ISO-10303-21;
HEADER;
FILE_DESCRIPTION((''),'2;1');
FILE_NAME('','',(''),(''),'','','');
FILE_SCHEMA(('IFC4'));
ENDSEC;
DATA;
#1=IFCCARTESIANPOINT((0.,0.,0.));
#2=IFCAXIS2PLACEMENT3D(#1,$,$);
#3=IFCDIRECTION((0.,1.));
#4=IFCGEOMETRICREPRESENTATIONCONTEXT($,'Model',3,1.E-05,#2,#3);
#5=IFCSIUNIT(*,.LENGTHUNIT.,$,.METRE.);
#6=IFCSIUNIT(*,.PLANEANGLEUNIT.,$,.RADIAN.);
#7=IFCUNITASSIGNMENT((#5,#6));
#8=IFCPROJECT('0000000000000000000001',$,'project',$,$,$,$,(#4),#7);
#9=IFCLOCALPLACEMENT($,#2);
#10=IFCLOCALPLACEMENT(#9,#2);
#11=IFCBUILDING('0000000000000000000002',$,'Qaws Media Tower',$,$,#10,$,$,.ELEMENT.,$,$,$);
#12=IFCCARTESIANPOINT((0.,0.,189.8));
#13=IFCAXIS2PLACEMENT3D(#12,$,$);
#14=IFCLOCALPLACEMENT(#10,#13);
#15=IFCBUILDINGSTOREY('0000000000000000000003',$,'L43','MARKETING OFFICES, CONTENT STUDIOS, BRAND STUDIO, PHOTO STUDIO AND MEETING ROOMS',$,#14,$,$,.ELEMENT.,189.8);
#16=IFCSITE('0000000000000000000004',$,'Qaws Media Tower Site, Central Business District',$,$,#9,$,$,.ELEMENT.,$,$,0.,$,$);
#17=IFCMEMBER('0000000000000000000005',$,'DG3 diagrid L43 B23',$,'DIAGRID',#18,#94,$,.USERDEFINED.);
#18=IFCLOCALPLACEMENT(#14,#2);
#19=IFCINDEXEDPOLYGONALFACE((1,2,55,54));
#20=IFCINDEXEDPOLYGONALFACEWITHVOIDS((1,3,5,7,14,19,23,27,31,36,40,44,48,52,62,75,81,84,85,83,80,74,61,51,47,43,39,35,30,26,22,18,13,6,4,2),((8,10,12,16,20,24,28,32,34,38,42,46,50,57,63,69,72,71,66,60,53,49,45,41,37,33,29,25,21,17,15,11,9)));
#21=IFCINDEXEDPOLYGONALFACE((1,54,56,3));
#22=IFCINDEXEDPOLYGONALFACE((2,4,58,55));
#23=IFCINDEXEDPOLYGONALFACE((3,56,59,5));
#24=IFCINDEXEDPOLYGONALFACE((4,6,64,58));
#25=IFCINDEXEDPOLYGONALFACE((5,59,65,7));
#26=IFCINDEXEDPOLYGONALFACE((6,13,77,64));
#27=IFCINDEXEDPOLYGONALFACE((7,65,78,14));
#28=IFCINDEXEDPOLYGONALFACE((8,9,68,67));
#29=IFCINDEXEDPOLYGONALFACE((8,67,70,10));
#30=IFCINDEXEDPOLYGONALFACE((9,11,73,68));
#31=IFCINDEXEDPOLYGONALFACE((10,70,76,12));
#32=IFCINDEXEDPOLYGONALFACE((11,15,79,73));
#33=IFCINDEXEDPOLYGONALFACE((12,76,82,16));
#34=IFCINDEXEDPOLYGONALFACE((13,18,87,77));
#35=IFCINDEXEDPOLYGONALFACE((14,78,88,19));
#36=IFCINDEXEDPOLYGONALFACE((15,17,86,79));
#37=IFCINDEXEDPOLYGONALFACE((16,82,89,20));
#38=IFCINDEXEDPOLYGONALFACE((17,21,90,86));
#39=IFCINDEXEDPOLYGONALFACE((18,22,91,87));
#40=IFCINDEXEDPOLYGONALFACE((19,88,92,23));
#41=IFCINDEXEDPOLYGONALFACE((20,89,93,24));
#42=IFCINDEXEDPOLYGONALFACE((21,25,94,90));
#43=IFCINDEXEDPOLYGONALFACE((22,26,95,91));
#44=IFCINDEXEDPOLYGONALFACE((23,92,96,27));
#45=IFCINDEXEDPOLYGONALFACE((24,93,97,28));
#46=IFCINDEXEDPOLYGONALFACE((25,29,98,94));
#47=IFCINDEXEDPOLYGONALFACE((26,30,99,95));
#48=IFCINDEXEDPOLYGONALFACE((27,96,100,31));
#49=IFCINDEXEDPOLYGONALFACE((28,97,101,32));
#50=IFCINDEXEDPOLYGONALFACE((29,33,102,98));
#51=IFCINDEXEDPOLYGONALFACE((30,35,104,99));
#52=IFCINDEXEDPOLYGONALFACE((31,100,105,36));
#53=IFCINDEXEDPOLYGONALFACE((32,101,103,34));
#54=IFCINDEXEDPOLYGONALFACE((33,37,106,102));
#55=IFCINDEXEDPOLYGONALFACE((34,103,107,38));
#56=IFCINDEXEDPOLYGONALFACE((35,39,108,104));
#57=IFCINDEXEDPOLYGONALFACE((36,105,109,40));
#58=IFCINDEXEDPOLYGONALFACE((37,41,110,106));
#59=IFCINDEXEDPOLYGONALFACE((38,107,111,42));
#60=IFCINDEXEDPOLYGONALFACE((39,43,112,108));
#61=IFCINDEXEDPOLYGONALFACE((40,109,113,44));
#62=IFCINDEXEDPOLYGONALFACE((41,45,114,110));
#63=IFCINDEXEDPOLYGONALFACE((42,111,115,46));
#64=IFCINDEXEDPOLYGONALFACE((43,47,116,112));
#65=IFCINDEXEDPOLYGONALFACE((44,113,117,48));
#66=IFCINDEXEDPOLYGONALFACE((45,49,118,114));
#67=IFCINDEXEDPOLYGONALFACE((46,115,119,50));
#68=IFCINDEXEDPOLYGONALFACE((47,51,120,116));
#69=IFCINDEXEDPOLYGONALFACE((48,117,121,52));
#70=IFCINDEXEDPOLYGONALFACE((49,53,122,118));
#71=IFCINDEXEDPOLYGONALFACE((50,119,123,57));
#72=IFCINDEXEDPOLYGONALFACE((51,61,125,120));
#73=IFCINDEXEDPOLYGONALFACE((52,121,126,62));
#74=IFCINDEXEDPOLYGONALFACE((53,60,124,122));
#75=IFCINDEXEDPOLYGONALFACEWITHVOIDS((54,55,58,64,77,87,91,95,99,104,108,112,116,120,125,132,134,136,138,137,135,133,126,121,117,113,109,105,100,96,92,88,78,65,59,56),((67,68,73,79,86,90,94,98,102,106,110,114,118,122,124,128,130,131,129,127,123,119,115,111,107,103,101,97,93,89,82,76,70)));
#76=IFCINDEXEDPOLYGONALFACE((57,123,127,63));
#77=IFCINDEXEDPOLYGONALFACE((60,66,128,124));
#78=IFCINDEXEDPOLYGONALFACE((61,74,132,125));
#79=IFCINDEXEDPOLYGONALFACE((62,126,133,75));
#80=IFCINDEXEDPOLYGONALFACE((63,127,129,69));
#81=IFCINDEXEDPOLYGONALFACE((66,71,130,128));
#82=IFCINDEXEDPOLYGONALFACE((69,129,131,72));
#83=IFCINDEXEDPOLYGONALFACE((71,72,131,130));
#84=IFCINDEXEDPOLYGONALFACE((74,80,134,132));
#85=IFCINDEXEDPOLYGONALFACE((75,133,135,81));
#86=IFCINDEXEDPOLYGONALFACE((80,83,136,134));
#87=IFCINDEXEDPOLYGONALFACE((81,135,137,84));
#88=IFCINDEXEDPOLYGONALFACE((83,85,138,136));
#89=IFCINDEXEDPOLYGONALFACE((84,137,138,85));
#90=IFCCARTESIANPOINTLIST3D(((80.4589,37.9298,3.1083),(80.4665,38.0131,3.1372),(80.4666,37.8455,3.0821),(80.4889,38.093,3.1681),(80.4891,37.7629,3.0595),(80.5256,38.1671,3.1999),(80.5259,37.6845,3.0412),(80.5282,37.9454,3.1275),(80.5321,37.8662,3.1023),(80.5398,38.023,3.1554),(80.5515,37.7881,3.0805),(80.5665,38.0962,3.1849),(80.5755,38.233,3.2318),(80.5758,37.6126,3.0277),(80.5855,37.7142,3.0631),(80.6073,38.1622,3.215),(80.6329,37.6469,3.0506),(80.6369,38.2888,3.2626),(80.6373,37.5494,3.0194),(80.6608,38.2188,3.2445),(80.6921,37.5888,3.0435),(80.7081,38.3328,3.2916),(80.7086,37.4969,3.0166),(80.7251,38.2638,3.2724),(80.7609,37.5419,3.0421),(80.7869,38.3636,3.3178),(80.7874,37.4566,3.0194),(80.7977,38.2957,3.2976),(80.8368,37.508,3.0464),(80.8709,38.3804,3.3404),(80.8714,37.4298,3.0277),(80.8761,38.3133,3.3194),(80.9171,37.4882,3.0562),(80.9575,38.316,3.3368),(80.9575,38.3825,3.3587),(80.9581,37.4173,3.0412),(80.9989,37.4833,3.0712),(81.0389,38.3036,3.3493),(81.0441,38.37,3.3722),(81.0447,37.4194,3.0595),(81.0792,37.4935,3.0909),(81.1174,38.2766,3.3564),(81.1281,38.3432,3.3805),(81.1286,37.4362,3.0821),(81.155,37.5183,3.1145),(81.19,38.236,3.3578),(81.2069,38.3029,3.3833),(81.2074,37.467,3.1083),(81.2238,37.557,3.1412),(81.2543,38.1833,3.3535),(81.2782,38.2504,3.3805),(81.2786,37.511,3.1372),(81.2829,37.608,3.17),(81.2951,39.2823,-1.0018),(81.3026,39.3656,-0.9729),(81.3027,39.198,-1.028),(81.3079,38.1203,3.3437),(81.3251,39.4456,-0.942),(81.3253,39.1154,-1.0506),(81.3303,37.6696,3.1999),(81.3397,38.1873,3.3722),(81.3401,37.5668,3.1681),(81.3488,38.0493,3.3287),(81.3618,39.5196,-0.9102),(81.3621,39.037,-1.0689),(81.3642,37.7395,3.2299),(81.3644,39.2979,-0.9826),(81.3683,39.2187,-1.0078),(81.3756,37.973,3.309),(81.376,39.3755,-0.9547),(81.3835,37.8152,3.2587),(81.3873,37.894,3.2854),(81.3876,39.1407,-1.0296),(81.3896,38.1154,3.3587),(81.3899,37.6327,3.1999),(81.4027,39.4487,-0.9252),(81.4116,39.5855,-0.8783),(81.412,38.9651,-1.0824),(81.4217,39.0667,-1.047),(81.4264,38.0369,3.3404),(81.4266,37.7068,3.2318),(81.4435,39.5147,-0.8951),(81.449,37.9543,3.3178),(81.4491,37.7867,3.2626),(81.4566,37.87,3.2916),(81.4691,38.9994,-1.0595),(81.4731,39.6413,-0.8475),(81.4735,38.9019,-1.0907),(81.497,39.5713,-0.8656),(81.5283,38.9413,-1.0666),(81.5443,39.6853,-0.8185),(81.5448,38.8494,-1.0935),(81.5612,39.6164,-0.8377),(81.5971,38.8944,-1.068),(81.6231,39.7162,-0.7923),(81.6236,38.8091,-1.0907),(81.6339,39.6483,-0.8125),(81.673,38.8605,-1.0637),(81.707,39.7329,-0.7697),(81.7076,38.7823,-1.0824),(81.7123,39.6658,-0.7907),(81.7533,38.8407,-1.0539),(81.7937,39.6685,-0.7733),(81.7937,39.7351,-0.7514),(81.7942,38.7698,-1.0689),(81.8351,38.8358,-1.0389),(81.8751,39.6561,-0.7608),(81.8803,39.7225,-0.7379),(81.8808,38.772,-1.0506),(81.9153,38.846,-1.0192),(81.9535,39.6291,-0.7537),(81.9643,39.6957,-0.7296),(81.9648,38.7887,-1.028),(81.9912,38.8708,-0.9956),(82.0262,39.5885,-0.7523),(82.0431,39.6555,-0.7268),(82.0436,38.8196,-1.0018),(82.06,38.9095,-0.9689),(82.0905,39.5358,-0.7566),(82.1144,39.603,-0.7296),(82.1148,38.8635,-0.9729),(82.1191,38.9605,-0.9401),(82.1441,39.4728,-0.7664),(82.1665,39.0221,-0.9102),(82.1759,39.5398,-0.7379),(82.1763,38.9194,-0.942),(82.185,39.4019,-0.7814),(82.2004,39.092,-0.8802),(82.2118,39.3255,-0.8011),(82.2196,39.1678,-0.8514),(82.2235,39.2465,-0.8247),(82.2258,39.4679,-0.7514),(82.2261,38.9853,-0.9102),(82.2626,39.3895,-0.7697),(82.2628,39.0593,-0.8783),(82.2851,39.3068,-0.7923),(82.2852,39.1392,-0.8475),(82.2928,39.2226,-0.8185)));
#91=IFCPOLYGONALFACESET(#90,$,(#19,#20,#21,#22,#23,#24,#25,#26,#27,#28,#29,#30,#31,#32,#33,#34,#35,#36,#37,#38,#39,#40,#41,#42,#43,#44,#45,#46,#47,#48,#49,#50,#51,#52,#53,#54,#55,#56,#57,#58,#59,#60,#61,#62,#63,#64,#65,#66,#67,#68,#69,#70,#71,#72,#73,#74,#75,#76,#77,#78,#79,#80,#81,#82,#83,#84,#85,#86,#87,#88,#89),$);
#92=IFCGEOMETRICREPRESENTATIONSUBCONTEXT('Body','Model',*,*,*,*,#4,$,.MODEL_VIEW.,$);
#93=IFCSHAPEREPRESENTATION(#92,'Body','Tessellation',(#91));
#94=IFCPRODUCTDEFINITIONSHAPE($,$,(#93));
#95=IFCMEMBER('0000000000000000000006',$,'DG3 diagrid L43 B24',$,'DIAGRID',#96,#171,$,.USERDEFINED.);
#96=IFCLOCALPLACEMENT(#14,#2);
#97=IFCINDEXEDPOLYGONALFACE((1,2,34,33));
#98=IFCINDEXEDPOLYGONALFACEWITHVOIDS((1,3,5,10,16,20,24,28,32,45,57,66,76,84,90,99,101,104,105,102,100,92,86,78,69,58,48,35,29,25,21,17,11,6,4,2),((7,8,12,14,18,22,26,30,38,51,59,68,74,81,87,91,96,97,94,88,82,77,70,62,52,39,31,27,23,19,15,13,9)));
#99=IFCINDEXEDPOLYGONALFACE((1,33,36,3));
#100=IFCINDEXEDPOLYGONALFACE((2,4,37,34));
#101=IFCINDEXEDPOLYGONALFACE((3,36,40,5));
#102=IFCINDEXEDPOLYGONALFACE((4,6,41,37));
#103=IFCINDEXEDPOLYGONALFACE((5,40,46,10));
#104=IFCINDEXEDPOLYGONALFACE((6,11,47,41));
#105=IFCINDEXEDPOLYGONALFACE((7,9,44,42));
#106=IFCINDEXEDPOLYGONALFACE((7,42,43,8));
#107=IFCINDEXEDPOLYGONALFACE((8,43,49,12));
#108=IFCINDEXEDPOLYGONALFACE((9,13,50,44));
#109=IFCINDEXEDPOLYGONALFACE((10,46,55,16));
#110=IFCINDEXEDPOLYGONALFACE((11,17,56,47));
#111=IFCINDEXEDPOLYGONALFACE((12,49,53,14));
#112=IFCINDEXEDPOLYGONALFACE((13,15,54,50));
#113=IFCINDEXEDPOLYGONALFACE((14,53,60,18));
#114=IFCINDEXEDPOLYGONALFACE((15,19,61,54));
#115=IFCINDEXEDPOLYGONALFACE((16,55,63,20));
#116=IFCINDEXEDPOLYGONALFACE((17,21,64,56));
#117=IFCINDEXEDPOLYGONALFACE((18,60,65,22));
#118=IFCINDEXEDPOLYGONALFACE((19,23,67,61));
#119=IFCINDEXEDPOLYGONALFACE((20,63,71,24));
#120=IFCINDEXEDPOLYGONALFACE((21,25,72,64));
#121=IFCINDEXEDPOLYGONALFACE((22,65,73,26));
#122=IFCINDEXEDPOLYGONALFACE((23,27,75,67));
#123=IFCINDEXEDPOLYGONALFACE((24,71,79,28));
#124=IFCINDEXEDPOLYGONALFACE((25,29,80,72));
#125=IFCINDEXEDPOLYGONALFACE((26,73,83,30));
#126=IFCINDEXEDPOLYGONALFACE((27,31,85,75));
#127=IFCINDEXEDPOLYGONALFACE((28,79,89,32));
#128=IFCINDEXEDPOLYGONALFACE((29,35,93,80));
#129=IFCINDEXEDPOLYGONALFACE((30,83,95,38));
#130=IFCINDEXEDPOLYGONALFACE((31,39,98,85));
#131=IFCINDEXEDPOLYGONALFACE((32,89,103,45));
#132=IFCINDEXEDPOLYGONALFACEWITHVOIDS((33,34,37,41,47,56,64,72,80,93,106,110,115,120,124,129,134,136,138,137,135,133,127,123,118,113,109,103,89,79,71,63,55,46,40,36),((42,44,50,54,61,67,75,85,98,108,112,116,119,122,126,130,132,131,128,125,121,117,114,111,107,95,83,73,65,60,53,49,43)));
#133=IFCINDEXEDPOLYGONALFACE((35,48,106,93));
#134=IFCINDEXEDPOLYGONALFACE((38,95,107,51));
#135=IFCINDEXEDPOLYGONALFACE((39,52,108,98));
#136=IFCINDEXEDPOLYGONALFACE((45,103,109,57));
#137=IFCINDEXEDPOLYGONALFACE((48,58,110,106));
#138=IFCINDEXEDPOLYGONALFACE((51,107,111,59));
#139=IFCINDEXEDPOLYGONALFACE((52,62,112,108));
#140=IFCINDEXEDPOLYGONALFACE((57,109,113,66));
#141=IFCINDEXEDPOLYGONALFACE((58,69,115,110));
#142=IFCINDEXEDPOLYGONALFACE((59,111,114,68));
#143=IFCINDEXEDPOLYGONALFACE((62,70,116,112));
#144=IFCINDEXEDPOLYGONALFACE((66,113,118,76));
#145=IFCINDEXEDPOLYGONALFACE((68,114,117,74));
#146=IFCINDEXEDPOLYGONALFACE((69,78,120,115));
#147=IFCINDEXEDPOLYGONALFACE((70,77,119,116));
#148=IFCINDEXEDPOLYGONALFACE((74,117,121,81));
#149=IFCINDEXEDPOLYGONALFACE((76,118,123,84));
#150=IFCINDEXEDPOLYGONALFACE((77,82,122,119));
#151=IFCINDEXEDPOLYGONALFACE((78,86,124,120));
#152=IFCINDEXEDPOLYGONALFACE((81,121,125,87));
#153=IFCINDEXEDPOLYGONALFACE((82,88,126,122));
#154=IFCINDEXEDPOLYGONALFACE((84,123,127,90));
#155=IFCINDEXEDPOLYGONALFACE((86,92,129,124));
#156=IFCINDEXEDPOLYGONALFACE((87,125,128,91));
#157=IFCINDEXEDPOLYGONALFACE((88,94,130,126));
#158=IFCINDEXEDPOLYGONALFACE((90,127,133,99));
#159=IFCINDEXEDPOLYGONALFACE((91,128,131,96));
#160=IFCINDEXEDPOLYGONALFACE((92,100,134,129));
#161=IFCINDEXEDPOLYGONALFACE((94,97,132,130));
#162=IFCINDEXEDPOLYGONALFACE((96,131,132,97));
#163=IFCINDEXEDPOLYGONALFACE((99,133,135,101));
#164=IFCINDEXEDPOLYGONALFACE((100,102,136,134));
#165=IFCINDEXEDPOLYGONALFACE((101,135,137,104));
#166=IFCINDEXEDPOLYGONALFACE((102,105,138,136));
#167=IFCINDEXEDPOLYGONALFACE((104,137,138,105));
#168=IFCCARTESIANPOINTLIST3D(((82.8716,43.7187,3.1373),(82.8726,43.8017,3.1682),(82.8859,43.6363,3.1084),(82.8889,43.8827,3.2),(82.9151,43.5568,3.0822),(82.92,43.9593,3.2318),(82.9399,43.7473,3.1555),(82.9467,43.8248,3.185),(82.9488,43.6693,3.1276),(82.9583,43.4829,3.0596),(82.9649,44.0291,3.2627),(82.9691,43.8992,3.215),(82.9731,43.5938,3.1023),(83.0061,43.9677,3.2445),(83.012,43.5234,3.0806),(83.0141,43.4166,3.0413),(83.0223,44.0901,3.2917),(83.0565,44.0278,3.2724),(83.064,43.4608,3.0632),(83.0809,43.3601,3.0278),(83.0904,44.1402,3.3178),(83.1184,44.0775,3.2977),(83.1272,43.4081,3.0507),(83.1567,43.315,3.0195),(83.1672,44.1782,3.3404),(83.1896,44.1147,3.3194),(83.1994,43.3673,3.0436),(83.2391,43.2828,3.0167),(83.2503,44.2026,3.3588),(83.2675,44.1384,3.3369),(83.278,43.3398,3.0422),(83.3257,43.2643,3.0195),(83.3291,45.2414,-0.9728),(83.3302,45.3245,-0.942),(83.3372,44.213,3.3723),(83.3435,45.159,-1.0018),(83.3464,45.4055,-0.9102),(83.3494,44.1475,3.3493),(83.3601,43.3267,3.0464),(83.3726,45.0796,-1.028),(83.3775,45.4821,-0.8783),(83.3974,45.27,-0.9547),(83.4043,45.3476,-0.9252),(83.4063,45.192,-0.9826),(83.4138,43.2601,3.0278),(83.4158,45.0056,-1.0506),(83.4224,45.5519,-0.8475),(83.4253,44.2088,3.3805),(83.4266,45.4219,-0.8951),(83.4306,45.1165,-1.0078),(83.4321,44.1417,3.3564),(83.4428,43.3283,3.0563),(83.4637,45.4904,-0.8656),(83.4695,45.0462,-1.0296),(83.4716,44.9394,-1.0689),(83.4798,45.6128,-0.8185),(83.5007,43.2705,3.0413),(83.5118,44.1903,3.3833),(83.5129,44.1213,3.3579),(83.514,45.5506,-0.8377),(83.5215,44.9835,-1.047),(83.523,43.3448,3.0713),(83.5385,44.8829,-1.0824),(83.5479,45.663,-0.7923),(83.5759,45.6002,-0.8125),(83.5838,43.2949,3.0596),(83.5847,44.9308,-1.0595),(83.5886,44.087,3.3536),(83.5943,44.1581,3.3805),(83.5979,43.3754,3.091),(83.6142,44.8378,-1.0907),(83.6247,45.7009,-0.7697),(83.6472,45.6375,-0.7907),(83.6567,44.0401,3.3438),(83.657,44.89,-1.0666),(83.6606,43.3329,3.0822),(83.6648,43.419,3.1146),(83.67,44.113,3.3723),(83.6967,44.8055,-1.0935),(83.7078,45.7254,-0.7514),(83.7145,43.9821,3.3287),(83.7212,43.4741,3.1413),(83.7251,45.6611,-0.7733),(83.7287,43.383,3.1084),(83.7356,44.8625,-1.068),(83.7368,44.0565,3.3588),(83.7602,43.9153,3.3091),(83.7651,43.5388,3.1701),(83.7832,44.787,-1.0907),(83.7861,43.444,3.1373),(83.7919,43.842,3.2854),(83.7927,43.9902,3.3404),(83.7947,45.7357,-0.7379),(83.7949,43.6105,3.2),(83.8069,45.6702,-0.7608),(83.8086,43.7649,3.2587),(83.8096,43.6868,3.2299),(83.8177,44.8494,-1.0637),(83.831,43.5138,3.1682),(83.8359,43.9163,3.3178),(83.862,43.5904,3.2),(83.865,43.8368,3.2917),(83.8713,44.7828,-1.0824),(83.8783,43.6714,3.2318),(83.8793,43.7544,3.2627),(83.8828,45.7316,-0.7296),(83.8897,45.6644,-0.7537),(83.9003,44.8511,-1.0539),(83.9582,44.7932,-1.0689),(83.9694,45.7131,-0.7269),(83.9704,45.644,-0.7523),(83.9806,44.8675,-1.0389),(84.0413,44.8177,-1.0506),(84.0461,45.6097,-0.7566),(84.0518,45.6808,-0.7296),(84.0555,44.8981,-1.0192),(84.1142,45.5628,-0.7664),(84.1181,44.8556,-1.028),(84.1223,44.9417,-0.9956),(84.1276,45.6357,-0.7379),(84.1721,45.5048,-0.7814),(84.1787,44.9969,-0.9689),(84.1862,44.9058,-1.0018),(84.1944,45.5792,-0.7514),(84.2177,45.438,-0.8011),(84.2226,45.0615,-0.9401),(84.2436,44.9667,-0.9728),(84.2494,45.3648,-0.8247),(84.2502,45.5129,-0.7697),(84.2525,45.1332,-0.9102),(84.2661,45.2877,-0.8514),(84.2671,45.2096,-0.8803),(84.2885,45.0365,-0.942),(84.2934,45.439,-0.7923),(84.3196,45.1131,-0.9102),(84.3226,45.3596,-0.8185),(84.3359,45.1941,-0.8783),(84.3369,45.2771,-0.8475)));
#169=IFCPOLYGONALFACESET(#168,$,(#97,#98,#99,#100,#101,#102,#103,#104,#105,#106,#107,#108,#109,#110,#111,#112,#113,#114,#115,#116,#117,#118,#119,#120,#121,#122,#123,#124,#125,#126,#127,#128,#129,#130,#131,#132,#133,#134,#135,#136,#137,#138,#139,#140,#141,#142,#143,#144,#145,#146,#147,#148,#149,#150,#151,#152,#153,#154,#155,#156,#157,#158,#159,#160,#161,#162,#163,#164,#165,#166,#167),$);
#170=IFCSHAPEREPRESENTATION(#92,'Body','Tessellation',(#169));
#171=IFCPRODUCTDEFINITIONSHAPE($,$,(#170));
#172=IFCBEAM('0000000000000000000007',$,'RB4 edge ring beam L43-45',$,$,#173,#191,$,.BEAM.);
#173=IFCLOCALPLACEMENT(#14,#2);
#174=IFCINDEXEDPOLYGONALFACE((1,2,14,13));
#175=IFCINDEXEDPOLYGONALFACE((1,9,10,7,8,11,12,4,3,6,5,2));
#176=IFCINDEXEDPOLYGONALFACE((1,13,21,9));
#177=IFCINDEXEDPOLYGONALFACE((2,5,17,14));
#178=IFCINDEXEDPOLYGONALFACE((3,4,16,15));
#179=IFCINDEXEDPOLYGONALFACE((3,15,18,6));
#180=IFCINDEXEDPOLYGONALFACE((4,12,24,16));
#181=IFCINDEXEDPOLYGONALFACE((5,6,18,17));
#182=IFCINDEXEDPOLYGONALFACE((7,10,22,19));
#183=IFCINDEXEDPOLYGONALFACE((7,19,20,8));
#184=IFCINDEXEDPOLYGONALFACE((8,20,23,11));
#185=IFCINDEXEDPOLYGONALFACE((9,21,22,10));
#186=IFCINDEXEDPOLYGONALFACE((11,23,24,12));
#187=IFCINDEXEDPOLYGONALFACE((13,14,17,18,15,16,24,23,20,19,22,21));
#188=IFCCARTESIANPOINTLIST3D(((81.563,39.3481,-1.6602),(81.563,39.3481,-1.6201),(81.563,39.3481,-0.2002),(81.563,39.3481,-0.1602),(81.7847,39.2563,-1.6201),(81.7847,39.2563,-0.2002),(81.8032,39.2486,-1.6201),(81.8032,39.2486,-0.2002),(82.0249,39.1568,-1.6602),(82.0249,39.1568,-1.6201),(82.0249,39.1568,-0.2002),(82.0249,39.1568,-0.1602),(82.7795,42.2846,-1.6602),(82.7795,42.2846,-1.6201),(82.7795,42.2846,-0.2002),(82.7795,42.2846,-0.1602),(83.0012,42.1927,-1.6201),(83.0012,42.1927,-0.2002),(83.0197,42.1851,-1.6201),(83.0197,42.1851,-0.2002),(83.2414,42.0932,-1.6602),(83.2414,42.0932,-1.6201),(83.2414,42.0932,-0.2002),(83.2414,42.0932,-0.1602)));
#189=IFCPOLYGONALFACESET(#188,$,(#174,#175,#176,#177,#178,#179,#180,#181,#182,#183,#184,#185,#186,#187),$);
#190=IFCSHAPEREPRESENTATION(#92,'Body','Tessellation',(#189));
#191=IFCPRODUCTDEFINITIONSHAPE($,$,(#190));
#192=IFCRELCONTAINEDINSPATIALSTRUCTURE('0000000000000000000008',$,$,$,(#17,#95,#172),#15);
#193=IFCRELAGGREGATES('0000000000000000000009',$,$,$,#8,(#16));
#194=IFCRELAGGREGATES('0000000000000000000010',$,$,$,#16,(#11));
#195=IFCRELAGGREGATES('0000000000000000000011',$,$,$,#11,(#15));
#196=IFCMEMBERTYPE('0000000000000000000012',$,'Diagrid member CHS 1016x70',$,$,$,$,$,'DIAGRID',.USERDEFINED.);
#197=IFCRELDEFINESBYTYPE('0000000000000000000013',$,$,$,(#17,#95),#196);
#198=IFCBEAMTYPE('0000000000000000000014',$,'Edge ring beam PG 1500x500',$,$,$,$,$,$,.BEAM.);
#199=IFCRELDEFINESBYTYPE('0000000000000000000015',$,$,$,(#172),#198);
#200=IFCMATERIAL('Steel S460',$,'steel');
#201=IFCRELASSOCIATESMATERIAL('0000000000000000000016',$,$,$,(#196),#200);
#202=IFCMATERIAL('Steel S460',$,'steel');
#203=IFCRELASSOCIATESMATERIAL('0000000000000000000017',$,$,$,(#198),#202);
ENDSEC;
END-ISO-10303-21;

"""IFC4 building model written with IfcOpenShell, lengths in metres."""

from ifc_helpers import new_model, si_unit, direction, frame, origin, origin_2d, place, context, subcontext, project, spatial, hollow_circle, i_section, extrude, material, material_profile, profile_set, type_object, element, save


model = new_model("IFC4")

# Units and contexts
model_context = context("Model", 3, precision=1e-05, world=origin(), true_north=direction((0.0, 1.0)))
body_context = subcontext(model_context, "Body", "Model", "MODEL_VIEW")
ifc_project = project(units=[si_unit("LENGTHUNIT", "METRE"), si_unit("PLANEANGLEUNIT", "RADIAN")], contexts=[model_context])

# Site, building, storey
site_placement = place(None, origin())
site = spatial("IfcSite", under=ifc_project, at=site_placement, Name="Qaws Media Tower Site, Central Business District", CompositionType="ELEMENT", RefElevation=0.0)
building_placement = place(site_placement, origin())
building = spatial("IfcBuilding", under=site, at=building_placement, Name="Qaws Media Tower", CompositionType="ELEMENT")
storey_placement = place(building_placement, frame((0.0, 0.0, 189.8)))
storey = spatial("IfcBuildingStorey", under=building, at=storey_placement, Name="L43", Description="MARKETING OFFICES, CONTENT STUDIOS, BRAND STUDIO, PHOTO STUDIO AND MEETING ROOMS", CompositionType="ELEMENT", Elevation=189.8)

# Members
ifc_material_1 = material(Name="Steel S460", Category="steel")
ifc_material_profile_1 = material_profile(ifc_material_1, hollow_circle(Radius=0.5081, WallThickness=0.0701, at=origin_2d()), Name="CHS 1016x70")
ifc_profile_set_1 = profile_set([ifc_material_profile_1], Name="Steel S460")
member_type_1 = type_object("IfcMemberType", Name="Diagrid member CHS 1016x70", ElementType="DIAGRID", PredefinedType="USERDEFINED", material=ifc_profile_set_1)
for number, where, z_axis, x_axis, name in (
    (1, (81.7939, 39.2524, -0.9102), (-0.18974, -0.306908, 0.932634), (0.850576, -0.525852, 0.0), "DG3 diagrid L43 B23"),
    (2, (83.833, 45.2593, -0.9102), (-0.103818, -0.345526, 0.932649), (0.957704, -0.287756, 0.0), "DG3 diagrid L43 B24"),
):
    element("IfcMember", number, at=place(storey_placement, frame(where, z_axis=z_axis, x_axis=x_axis)), inside=storey, type_object=member_type_1, Name=name, ObjectType="DIAGRID", PredefinedType="USERDEFINED", context=body_context, shape_type="SweptSolid", body=[
        extrude(hollow_circle(Radius=0.5081, WallThickness=0.0701, at=origin_2d()), origin(), (0.0, 0.0, 1.0), 4.407),
    ])

# Beam
ifc_material_2 = material(Name="Steel S460", Category="steel")
ifc_material_profile_2 = material_profile(ifc_material_2, i_section(OverallWidth=0.5, OverallDepth=1.5, WebThickness=0.02, FlangeThickness=0.04, at=origin_2d()), Name="PG 1500x500")
ifc_profile_set_2 = profile_set([ifc_material_profile_2], Name="Steel S460")
beam_type_1 = type_object("IfcBeamType", Name="Edge ring beam PG 1500x500", PredefinedType="BEAM", material=ifc_profile_set_2)
for number, where, z_axis, x_axis, name in (
    (3, (81.7939, 39.2524, -0.9102), (0.382738, 0.923857, 0.0), (-0.923857, 0.382738, 0.0), "RB4 edge ring beam L43-45"),
):
    element("IfcBeam", number, at=place(storey_placement, frame(where, z_axis=z_axis, x_axis=x_axis)), inside=storey, type_object=beam_type_1, Name=name, PredefinedType="BEAM", context=body_context, shape_type="SweptSolid", body=[
        extrude(i_section(OverallWidth=0.5, OverallDepth=1.5, WebThickness=0.02, FlangeThickness=0.04, at=origin_2d()), origin(), (0.0, 0.0, 1.0), 3.1785),
    ])

save(model, "model.ifc")
